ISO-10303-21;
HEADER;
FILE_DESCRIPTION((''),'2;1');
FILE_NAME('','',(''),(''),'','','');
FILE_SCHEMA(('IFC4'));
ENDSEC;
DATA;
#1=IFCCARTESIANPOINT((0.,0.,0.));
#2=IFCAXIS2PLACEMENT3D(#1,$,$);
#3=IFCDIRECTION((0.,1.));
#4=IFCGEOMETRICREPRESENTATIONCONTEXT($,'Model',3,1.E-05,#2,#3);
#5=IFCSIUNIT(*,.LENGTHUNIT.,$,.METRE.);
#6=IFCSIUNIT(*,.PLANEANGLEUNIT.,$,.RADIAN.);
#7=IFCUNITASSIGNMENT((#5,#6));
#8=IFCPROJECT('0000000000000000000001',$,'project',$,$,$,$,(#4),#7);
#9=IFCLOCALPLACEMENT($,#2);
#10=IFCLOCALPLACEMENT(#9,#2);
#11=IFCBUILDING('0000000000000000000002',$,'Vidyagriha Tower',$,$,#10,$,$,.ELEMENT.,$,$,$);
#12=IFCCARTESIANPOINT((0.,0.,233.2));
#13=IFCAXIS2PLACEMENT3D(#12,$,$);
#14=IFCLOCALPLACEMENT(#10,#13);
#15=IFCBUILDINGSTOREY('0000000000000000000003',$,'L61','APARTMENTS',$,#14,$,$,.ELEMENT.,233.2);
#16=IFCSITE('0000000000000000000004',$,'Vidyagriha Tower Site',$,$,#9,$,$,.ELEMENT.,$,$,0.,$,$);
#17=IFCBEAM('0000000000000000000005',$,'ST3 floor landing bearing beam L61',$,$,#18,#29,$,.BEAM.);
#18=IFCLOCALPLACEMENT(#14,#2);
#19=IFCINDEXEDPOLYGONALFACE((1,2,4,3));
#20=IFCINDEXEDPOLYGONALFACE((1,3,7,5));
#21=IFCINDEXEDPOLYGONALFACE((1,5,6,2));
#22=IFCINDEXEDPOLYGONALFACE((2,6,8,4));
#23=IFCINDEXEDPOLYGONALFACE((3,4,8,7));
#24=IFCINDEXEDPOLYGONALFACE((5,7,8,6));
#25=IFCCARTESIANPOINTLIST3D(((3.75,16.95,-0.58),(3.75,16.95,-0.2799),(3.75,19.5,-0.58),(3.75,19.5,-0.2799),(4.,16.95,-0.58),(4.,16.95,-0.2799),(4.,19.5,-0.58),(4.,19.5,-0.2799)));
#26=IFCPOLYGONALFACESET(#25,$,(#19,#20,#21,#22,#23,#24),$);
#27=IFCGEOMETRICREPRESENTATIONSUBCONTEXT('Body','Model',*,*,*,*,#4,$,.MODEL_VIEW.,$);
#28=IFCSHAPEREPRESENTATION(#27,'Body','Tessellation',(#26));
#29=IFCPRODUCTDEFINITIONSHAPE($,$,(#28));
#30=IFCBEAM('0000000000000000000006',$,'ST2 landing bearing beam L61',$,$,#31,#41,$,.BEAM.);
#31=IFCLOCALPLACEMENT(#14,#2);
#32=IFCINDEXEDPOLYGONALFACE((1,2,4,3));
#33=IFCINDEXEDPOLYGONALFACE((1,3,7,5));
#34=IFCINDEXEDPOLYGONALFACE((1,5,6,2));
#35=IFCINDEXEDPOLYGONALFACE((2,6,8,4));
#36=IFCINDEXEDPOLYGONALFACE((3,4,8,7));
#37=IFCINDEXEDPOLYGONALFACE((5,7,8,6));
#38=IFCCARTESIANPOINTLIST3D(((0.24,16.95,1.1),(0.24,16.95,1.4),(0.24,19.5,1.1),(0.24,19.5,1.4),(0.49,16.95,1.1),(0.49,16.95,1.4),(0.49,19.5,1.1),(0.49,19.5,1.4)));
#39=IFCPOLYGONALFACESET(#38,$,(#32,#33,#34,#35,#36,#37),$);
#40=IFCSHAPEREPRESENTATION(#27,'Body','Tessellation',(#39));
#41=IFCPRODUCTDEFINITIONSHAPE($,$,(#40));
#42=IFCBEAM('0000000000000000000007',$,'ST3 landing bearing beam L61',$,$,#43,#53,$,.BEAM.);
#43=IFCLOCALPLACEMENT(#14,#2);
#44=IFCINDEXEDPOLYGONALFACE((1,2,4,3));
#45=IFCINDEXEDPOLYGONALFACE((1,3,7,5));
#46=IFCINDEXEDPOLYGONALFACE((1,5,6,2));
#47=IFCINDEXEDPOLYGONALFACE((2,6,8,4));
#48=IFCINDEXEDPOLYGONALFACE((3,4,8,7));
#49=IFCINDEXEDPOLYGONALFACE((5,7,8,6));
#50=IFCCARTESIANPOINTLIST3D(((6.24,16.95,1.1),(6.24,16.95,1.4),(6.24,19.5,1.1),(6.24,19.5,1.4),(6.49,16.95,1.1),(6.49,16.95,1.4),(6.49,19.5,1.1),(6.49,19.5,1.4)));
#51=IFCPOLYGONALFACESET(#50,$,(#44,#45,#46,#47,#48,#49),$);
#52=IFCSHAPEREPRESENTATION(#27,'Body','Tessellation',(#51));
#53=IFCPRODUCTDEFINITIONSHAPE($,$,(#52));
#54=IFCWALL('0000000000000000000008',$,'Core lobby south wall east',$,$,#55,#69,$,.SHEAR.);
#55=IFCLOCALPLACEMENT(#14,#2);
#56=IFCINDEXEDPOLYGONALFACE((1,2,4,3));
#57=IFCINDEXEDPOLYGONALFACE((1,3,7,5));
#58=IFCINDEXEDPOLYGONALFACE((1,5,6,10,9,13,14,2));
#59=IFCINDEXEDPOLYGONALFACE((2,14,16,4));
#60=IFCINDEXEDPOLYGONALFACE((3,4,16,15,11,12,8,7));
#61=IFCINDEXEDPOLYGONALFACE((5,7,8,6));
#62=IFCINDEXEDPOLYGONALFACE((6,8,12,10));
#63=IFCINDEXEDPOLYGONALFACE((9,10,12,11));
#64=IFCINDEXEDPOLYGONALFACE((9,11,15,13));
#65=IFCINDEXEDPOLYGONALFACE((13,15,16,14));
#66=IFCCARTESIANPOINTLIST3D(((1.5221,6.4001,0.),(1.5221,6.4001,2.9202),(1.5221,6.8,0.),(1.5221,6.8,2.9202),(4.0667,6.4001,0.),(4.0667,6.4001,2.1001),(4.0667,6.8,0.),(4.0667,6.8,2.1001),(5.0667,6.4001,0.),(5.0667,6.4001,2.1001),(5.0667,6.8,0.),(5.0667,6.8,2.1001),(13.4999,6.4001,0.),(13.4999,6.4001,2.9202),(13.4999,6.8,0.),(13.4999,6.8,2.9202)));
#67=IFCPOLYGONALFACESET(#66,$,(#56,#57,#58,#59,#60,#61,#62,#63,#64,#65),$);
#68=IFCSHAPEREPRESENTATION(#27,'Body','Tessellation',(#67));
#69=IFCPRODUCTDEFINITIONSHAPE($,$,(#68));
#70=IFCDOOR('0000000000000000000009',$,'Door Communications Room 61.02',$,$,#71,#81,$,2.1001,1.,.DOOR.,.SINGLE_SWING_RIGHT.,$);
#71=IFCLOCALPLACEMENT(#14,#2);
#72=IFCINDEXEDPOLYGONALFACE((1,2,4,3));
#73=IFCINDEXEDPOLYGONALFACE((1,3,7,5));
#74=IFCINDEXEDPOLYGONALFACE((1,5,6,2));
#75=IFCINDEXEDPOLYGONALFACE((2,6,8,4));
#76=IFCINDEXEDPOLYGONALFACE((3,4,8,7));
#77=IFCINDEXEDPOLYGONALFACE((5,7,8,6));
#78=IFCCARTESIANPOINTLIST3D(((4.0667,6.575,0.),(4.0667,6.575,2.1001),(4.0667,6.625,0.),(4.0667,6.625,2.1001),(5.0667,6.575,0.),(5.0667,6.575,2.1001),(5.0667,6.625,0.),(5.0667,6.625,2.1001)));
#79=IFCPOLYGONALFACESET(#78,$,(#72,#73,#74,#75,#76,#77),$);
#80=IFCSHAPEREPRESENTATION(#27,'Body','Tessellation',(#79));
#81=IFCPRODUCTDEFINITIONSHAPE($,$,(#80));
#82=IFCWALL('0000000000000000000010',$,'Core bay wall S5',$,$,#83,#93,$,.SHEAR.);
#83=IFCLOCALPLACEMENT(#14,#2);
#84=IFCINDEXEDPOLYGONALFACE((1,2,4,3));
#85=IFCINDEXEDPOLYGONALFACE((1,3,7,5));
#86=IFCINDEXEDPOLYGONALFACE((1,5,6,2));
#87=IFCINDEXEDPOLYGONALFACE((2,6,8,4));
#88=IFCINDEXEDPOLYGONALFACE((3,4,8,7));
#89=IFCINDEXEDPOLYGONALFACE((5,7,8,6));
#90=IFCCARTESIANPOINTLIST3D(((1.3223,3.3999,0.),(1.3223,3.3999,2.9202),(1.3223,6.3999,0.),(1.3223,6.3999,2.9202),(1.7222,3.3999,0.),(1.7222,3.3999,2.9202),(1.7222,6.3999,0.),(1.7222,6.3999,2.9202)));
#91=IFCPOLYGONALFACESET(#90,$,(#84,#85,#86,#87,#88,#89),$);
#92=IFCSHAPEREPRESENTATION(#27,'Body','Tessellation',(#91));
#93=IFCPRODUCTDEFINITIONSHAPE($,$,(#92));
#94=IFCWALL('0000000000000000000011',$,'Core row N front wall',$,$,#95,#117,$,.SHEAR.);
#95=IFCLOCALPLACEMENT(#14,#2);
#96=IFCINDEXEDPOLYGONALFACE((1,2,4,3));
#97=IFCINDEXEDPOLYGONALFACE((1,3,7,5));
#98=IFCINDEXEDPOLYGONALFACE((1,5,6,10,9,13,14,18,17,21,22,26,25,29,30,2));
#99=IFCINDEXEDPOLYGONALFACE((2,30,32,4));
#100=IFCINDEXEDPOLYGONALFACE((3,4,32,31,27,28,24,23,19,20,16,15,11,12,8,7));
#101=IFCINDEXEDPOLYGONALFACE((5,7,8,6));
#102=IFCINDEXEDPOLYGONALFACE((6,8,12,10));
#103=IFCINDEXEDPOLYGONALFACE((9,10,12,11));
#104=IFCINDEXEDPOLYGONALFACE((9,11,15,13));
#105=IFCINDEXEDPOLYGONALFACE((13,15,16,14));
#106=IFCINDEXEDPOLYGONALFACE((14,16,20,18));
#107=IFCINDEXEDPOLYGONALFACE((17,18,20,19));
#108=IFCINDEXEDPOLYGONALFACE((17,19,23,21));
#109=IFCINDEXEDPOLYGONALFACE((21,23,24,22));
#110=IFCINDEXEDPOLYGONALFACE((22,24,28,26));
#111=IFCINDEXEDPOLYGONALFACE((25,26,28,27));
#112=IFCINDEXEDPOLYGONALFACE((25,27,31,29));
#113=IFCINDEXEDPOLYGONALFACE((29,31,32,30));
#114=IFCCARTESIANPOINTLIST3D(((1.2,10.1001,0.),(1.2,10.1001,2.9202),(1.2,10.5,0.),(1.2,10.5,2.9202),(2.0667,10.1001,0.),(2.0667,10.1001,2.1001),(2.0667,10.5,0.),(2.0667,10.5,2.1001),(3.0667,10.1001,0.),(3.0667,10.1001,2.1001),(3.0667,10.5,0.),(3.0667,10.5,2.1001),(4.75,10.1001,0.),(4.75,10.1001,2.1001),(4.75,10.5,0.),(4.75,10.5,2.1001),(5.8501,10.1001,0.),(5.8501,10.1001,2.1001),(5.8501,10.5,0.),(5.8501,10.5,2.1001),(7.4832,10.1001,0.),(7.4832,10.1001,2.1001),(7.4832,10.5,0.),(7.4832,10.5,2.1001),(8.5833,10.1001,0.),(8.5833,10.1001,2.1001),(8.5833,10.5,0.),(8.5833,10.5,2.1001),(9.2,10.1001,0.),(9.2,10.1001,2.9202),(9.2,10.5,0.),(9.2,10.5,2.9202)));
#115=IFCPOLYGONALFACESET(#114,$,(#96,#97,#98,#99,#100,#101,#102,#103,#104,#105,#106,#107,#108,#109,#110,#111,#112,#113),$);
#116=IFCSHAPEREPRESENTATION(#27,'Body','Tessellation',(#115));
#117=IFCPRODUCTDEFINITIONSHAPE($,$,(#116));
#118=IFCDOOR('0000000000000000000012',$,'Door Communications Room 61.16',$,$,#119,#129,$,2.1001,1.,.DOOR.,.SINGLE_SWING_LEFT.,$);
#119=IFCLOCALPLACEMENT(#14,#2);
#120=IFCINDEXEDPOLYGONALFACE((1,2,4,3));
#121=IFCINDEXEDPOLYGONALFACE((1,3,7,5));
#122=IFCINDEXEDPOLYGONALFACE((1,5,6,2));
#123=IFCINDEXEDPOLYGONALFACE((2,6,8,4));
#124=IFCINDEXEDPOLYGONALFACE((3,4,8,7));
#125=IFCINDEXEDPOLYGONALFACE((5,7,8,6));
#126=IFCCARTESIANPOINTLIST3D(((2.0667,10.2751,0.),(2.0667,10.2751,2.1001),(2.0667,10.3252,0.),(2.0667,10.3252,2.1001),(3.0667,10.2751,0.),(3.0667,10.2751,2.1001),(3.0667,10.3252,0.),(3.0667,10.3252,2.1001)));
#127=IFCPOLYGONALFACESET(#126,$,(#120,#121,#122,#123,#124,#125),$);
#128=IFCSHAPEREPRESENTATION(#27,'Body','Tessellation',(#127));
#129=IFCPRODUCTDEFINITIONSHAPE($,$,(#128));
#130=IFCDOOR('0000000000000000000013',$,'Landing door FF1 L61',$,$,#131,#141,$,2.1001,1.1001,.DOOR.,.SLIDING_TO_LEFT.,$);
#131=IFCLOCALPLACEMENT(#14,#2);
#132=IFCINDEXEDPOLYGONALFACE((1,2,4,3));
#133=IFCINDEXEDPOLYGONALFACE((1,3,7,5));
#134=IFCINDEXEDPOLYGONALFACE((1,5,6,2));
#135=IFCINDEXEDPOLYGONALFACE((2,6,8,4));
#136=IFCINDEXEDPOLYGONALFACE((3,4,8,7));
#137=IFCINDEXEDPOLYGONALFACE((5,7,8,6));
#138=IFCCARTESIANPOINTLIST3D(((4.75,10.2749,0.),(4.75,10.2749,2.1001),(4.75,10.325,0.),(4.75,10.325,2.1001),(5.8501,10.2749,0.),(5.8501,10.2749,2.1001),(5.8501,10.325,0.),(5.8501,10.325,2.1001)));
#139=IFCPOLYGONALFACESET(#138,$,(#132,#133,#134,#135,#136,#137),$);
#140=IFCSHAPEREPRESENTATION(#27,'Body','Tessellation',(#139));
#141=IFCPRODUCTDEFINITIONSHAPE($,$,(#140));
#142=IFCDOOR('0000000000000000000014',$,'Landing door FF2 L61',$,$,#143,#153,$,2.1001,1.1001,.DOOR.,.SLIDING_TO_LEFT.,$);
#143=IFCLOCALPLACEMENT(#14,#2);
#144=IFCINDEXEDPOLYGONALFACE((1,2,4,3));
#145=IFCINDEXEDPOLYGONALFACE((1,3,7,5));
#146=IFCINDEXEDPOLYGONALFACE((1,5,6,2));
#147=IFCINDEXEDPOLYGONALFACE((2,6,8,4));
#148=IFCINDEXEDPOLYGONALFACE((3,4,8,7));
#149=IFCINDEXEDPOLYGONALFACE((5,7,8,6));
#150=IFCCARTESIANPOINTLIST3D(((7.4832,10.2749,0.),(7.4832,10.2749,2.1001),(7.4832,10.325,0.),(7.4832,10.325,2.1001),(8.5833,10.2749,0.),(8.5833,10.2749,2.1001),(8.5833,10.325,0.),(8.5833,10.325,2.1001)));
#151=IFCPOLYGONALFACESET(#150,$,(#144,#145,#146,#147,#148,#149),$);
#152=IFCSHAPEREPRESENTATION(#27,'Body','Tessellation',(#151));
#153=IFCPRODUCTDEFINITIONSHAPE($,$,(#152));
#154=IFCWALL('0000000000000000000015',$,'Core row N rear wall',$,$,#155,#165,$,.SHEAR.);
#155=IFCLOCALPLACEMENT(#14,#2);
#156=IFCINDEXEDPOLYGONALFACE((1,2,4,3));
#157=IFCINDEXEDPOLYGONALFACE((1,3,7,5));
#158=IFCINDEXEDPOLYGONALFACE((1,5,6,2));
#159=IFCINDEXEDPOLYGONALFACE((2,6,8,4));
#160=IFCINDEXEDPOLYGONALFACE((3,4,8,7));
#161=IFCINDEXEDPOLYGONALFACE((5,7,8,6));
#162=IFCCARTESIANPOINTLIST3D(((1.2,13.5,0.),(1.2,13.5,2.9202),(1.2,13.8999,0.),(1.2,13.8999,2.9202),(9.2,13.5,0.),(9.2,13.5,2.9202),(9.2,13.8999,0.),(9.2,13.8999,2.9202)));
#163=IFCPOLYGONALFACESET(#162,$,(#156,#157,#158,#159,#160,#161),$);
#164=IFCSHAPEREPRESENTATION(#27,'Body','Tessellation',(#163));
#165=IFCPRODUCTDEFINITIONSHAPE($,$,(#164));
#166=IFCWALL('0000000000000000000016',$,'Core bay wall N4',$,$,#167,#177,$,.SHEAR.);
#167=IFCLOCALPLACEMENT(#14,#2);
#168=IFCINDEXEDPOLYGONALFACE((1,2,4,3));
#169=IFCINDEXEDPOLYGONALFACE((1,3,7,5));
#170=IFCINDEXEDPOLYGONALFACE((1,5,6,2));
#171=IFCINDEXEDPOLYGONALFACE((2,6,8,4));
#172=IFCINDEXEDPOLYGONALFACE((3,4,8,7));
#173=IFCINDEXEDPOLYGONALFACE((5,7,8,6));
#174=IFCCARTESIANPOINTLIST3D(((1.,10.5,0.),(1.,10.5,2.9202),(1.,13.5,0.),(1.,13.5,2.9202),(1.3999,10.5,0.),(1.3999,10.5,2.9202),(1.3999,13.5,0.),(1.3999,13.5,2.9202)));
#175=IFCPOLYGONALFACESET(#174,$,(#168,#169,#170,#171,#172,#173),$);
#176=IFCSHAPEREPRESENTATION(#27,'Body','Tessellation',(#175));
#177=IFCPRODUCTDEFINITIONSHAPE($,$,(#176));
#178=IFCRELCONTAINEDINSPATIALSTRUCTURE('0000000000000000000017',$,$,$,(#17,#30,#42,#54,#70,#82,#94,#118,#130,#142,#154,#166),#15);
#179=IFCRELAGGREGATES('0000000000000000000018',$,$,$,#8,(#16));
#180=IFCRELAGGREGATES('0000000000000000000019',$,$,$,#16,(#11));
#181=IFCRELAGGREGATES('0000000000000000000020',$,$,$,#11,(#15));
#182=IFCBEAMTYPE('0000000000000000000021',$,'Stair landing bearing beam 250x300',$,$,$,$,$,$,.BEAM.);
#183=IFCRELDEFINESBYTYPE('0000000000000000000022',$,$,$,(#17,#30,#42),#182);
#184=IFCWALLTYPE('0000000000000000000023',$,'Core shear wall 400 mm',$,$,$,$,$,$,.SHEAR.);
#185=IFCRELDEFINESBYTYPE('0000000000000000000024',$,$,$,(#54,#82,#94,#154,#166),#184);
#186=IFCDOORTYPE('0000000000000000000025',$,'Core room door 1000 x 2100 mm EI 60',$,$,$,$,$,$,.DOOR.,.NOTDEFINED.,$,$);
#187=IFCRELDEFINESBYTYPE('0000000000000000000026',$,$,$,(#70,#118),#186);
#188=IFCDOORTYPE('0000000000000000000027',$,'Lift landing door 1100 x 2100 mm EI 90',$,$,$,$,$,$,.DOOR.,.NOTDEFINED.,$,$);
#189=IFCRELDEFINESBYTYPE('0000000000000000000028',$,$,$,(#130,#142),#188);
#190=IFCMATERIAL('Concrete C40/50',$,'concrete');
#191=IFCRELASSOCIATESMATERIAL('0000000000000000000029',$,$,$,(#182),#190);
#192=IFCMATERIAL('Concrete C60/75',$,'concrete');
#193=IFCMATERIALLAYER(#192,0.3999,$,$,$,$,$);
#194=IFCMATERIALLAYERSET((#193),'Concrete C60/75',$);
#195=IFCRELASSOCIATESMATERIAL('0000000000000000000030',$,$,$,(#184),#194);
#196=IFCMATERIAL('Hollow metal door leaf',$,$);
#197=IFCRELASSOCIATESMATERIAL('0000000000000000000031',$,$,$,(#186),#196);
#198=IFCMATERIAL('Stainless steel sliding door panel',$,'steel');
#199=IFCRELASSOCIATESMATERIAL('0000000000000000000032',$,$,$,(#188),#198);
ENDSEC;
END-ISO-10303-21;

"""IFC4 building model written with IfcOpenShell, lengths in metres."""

from ifc_helpers import new_model, si_unit, direction, frame, frame_2d, origin, origin_2d, place, context, subcontext, project, spatial, rectangle, extrude, material, layer, layer_set, material_profile, profile_set, type_object, element, fill, save


model = new_model("IFC4")

# Units and contexts
model_context = context("Model", 3, precision=1e-05, world=origin(), true_north=direction((0.0, 1.0)))
body_context = subcontext(model_context, "Body", "Model", "MODEL_VIEW")
ifc_project = project(units=[si_unit("LENGTHUNIT", "METRE"), si_unit("PLANEANGLEUNIT", "RADIAN")], contexts=[model_context])

# Site, building, storey
site_placement = place(None, origin())
site = spatial("IfcSite", under=ifc_project, at=site_placement, Name="Vidyagriha Tower Site", CompositionType="ELEMENT", RefElevation=0.0)
building_placement = place(site_placement, origin())
building = spatial("IfcBuilding", under=site, at=building_placement, Name="Vidyagriha Tower", CompositionType="ELEMENT")
storey_placement = place(building_placement, frame((0.0, 0.0, 233.2)))
storey = spatial("IfcBuildingStorey", under=building, at=storey_placement, Name="L61", Description="APARTMENTS", CompositionType="ELEMENT", Elevation=233.2)

# Beams
ifc_material_1 = material(Name="Concrete C40/50", Category="concrete")
ifc_material_profile = material_profile(ifc_material_1, rectangle(XDim=0.25, YDim=0.3, at=origin_2d()), Name="Stair landing bearing beam 250x300")
ifc_profile_set = profile_set([ifc_material_profile], Name="Concrete C40/50")
beam_type = type_object("IfcBeamType", Name="Stair landing bearing beam 250x300", PredefinedType="BEAM", material=ifc_profile_set)
for number, where, z_axis, x_axis, name in (
    (1, (3.875, 16.95, -0.4299), (0.0, 1.0, 0.0), (-1.0, 0.0, 0.0), "ST3 floor landing bearing beam L61"),
    (2, (0.365, 16.95, 1.25), (0.0, 1.0, 0.0), (-1.0, 0.0, 0.0), "ST2 landing bearing beam L61"),
    (3, (6.365, 16.95, 1.25), (0.0, 1.0, 0.0), (-1.0, 0.0, 0.0), "ST3 landing bearing beam L61"),
):
    element("IfcBeam", number, at=place(storey_placement, frame(where, z_axis=z_axis, x_axis=x_axis)), inside=storey, type_object=beam_type, Name=name, PredefinedType="BEAM", context=body_context, shape_type="SweptSolid", body=[
        extrude(rectangle(XDim=0.25, YDim=0.3, at=origin_2d()), origin(), (0.0, 0.0, 1.0), 2.55),
    ])

# Wall, opening, door
ifc_material_2 = material(Name="Concrete C60/75", Category="concrete")
ifc_layer_1 = layer(ifc_material_2, 0.3999)
ifc_layer_set_1 = layer_set([ifc_layer_1], Name="Concrete C60/75")
wall_type_1 = type_object("IfcWallType", Name="Core shear wall 400 mm", PredefinedType="SHEAR", material=ifc_layer_set_1)
wall_1_placement = place(storey_placement, frame((1.5222, 6.6001, 0.0)))
wall_1 = element("IfcWall", 4, at=wall_1_placement, inside=storey, type_object=wall_type_1, Name="Core lobby south wall east", PredefinedType="SHEAR", context=body_context, shape_type="SweptSolid", body=[
    extrude(rectangle(XDim=11.9778, YDim=0.3999, at=frame_2d((5.9888, 0.0))), origin(), (0.0, 0.0, 1.0), 2.9202),
])
opening_1_placement = place(wall_1_placement, frame((2.5444, 0.0, 0.0)))
opening_1 = element("IfcOpeningElement", 5, at=opening_1_placement, cuts=wall_1, PredefinedType="OPENING", context=body_context, shape_type="SweptSolid", body=[
    extrude(rectangle(XDim=1.0, YDim=2.1001, at=frame_2d((0.5, 1.05))), frame((0.0, 0.21, 0.0), z_axis=(0.0, -1.0, 0.0), x_axis=(1.0, 0.0, 0.0)), (0.0, 0.0, 1.0), 0.4199),
])
ifc_material_3 = material(Name="Hollow metal door leaf")
door_type_1 = type_object("IfcDoorType", Name="Core room door 1000 x 2100 mm EI 60", OperationType="NOTDEFINED", PredefinedType="DOOR", material=ifc_material_3)
door_1_placement = place(opening_1_placement, origin())
door_1 = element("IfcDoor", 6, at=door_1_placement, inside=storey, type_object=door_type_1, Name="Door Communications Room 61.02", OperationType="SINGLE_SWING_RIGHT", OverallHeight=2.1001, OverallWidth=1.0, PredefinedType="DOOR", context=body_context, shape_type="SweptSolid", body=[
    extrude(rectangle(XDim=1.0, YDim=2.1001, at=frame_2d((0.5, 1.05))), frame((0.0, 0.0249, 0.0), z_axis=(0.0, -1.0, 0.0), x_axis=(1.0, 0.0, 0.0)), (0.0, 0.0, 1.0), 0.05),
])
fill(opening_1, door_1)

# Wall
wall_2_placement = place(storey_placement, frame((1.5222, 3.3999, 0.0), z_axis=(0.0, 0.0, 1.0), x_axis=(0.0, 1.0, 0.0)))
element("IfcWall", 7, at=wall_2_placement, inside=storey, type_object=wall_type_1, Name="Core bay wall S5", PredefinedType="SHEAR", context=body_context, shape_type="SweptSolid", body=[
    extrude(rectangle(XDim=3.0, YDim=0.3999, at=frame_2d((1.5, 0.0))), origin(), (0.0, 0.0, 1.0), 2.9202),
])

# Wall, openings, doors
wall_3_placement = place(storey_placement, frame((1.2, 10.3, 0.0)))
wall_3 = element("IfcWall", 8, at=wall_3_placement, inside=storey, type_object=wall_type_1, Name="Core row N front wall", PredefinedType="SHEAR", context=body_context, shape_type="SweptSolid", body=[
    extrude(rectangle(XDim=8.0, YDim=0.3999, at=frame_2d((4.0, 0.0))), origin(), (0.0, 0.0, 1.0), 2.9202),
])
opening_2_placement = place(wall_3_placement, frame((3.55, 0.0, 0.0)))
opening_2 = element("IfcOpeningElement", 9, at=opening_2_placement, cuts=wall_3, PredefinedType="OPENING", context=body_context, shape_type="SweptSolid", body=[
    extrude(rectangle(XDim=1.1001, YDim=2.1001, at=frame_2d((0.55, 1.05))), frame((0.0, 0.21, 0.0), z_axis=(0.0, -1.0, 0.0), x_axis=(1.0, 0.0, 0.0)), (0.0, 0.0, 1.0), 0.4199),
])
opening_3_placement = place(wall_3_placement, frame((6.2832, 0.0, 0.0)))
opening_3 = element("IfcOpeningElement", 10, at=opening_3_placement, cuts=wall_3, PredefinedType="OPENING", context=body_context, shape_type="SweptSolid", body=[
    extrude(rectangle(XDim=1.1001, YDim=2.1001, at=frame_2d((0.55, 1.05))), frame((0.0, 0.21, 0.0), z_axis=(0.0, -1.0, 0.0), x_axis=(1.0, 0.0, 0.0)), (0.0, 0.0, 1.0), 0.4199),
])
opening_4_placement = place(wall_3_placement, frame((0.8667, 0.0, 0.0)))
opening_4 = element("IfcOpeningElement", 11, at=opening_4_placement, cuts=wall_3, PredefinedType="OPENING", context=body_context, shape_type="SweptSolid", body=[
    extrude(rectangle(XDim=1.0, YDim=2.1001, at=frame_2d((0.5, 1.05))), frame((0.0, 0.21, 0.0), z_axis=(0.0, -1.0, 0.0), x_axis=(1.0, 0.0, 0.0)), (0.0, 0.0, 1.0), 0.4199),
])
door_2_placement = place(opening_4_placement, frame((1.0, 0.0, 0.0), z_axis=(0.0, 0.0, 1.0), x_axis=(-1.0, 0.0, 0.0)))
door_2 = element("IfcDoor", 12, at=door_2_placement, inside=storey, type_object=door_type_1, Name="Door Communications Room 61.16", OperationType="SINGLE_SWING_LEFT", OverallHeight=2.1001, OverallWidth=1.0, PredefinedType="DOOR", context=body_context, shape_type="SweptSolid", body=[
    extrude(rectangle(XDim=1.0, YDim=2.1001, at=frame_2d((0.5, 1.05))), frame((0.0, 0.0249, 0.0), z_axis=(0.0, -1.0, 0.0), x_axis=(1.0, 0.0, 0.0)), (0.0, 0.0, 1.0), 0.05),
])
fill(opening_4, door_2)
ifc_material_4 = material(Name="Stainless steel sliding door panel", Category="steel")
door_type_2 = type_object("IfcDoorType", Name="Lift landing door 1100 x 2100 mm EI 90", OperationType="NOTDEFINED", PredefinedType="DOOR", material=ifc_material_4)
door_3_placement = place(opening_2_placement, origin())
door_3 = element("IfcDoor", 13, at=door_3_placement, inside=storey, type_object=door_type_2, Name="Landing door FF1 L61", OperationType="SLIDING_TO_LEFT", OverallHeight=2.1001, OverallWidth=1.1001, PredefinedType="DOOR", context=body_context, shape_type="SweptSolid", body=[
    extrude(rectangle(XDim=1.1001, YDim=2.1001, at=frame_2d((0.55, 1.05))), frame((0.0, 0.0249, 0.0), z_axis=(0.0, -1.0, 0.0), x_axis=(1.0, 0.0, 0.0)), (0.0, 0.0, 1.0), 0.05),
])
fill(opening_2, door_3)
door_4_placement = place(opening_3_placement, origin())
door_4 = element("IfcDoor", 14, at=door_4_placement, inside=storey, type_object=door_type_2, Name="Landing door FF2 L61", OperationType="SLIDING_TO_LEFT", OverallHeight=2.1001, OverallWidth=1.1001, PredefinedType="DOOR", context=body_context, shape_type="SweptSolid", body=[
    extrude(rectangle(XDim=1.1001, YDim=2.1001, at=frame_2d((0.55, 1.05))), frame((0.0, 0.0249, 0.0), z_axis=(0.0, -1.0, 0.0), x_axis=(1.0, 0.0, 0.0)), (0.0, 0.0, 1.0), 0.05),
])
fill(opening_3, door_4)

# Walls
wall_4_placement = place(storey_placement, frame((1.2, 13.7, 0.0)))
element("IfcWall", 15, at=wall_4_placement, inside=storey, type_object=wall_type_1, Name="Core row N rear wall", PredefinedType="SHEAR", context=body_context, shape_type="SweptSolid", body=[
    extrude(rectangle(XDim=8.0, YDim=0.3999, at=frame_2d((4.0, 0.0))), origin(), (0.0, 0.0, 1.0), 2.9202),
])
for number, where, z_axis, x_axis, name in (
    (16, (1.2, 10.5, 0.0), (0.0, 0.0, 1.0), (0.0, 1.0, 0.0), "Core bay wall N4"),
):
    element("IfcWall", number, at=place(storey_placement, frame(where, z_axis=z_axis, x_axis=x_axis)), inside=storey, type_object=wall_type_1, Name=name, PredefinedType="SHEAR", context=body_context, shape_type="SweptSolid", body=[
        extrude(rectangle(XDim=3.0, YDim=0.3999, at=frame_2d((1.5, 0.0))), origin(), (0.0, 0.0, 1.0), 2.9202),
    ])

save(model, "model.ifc")
